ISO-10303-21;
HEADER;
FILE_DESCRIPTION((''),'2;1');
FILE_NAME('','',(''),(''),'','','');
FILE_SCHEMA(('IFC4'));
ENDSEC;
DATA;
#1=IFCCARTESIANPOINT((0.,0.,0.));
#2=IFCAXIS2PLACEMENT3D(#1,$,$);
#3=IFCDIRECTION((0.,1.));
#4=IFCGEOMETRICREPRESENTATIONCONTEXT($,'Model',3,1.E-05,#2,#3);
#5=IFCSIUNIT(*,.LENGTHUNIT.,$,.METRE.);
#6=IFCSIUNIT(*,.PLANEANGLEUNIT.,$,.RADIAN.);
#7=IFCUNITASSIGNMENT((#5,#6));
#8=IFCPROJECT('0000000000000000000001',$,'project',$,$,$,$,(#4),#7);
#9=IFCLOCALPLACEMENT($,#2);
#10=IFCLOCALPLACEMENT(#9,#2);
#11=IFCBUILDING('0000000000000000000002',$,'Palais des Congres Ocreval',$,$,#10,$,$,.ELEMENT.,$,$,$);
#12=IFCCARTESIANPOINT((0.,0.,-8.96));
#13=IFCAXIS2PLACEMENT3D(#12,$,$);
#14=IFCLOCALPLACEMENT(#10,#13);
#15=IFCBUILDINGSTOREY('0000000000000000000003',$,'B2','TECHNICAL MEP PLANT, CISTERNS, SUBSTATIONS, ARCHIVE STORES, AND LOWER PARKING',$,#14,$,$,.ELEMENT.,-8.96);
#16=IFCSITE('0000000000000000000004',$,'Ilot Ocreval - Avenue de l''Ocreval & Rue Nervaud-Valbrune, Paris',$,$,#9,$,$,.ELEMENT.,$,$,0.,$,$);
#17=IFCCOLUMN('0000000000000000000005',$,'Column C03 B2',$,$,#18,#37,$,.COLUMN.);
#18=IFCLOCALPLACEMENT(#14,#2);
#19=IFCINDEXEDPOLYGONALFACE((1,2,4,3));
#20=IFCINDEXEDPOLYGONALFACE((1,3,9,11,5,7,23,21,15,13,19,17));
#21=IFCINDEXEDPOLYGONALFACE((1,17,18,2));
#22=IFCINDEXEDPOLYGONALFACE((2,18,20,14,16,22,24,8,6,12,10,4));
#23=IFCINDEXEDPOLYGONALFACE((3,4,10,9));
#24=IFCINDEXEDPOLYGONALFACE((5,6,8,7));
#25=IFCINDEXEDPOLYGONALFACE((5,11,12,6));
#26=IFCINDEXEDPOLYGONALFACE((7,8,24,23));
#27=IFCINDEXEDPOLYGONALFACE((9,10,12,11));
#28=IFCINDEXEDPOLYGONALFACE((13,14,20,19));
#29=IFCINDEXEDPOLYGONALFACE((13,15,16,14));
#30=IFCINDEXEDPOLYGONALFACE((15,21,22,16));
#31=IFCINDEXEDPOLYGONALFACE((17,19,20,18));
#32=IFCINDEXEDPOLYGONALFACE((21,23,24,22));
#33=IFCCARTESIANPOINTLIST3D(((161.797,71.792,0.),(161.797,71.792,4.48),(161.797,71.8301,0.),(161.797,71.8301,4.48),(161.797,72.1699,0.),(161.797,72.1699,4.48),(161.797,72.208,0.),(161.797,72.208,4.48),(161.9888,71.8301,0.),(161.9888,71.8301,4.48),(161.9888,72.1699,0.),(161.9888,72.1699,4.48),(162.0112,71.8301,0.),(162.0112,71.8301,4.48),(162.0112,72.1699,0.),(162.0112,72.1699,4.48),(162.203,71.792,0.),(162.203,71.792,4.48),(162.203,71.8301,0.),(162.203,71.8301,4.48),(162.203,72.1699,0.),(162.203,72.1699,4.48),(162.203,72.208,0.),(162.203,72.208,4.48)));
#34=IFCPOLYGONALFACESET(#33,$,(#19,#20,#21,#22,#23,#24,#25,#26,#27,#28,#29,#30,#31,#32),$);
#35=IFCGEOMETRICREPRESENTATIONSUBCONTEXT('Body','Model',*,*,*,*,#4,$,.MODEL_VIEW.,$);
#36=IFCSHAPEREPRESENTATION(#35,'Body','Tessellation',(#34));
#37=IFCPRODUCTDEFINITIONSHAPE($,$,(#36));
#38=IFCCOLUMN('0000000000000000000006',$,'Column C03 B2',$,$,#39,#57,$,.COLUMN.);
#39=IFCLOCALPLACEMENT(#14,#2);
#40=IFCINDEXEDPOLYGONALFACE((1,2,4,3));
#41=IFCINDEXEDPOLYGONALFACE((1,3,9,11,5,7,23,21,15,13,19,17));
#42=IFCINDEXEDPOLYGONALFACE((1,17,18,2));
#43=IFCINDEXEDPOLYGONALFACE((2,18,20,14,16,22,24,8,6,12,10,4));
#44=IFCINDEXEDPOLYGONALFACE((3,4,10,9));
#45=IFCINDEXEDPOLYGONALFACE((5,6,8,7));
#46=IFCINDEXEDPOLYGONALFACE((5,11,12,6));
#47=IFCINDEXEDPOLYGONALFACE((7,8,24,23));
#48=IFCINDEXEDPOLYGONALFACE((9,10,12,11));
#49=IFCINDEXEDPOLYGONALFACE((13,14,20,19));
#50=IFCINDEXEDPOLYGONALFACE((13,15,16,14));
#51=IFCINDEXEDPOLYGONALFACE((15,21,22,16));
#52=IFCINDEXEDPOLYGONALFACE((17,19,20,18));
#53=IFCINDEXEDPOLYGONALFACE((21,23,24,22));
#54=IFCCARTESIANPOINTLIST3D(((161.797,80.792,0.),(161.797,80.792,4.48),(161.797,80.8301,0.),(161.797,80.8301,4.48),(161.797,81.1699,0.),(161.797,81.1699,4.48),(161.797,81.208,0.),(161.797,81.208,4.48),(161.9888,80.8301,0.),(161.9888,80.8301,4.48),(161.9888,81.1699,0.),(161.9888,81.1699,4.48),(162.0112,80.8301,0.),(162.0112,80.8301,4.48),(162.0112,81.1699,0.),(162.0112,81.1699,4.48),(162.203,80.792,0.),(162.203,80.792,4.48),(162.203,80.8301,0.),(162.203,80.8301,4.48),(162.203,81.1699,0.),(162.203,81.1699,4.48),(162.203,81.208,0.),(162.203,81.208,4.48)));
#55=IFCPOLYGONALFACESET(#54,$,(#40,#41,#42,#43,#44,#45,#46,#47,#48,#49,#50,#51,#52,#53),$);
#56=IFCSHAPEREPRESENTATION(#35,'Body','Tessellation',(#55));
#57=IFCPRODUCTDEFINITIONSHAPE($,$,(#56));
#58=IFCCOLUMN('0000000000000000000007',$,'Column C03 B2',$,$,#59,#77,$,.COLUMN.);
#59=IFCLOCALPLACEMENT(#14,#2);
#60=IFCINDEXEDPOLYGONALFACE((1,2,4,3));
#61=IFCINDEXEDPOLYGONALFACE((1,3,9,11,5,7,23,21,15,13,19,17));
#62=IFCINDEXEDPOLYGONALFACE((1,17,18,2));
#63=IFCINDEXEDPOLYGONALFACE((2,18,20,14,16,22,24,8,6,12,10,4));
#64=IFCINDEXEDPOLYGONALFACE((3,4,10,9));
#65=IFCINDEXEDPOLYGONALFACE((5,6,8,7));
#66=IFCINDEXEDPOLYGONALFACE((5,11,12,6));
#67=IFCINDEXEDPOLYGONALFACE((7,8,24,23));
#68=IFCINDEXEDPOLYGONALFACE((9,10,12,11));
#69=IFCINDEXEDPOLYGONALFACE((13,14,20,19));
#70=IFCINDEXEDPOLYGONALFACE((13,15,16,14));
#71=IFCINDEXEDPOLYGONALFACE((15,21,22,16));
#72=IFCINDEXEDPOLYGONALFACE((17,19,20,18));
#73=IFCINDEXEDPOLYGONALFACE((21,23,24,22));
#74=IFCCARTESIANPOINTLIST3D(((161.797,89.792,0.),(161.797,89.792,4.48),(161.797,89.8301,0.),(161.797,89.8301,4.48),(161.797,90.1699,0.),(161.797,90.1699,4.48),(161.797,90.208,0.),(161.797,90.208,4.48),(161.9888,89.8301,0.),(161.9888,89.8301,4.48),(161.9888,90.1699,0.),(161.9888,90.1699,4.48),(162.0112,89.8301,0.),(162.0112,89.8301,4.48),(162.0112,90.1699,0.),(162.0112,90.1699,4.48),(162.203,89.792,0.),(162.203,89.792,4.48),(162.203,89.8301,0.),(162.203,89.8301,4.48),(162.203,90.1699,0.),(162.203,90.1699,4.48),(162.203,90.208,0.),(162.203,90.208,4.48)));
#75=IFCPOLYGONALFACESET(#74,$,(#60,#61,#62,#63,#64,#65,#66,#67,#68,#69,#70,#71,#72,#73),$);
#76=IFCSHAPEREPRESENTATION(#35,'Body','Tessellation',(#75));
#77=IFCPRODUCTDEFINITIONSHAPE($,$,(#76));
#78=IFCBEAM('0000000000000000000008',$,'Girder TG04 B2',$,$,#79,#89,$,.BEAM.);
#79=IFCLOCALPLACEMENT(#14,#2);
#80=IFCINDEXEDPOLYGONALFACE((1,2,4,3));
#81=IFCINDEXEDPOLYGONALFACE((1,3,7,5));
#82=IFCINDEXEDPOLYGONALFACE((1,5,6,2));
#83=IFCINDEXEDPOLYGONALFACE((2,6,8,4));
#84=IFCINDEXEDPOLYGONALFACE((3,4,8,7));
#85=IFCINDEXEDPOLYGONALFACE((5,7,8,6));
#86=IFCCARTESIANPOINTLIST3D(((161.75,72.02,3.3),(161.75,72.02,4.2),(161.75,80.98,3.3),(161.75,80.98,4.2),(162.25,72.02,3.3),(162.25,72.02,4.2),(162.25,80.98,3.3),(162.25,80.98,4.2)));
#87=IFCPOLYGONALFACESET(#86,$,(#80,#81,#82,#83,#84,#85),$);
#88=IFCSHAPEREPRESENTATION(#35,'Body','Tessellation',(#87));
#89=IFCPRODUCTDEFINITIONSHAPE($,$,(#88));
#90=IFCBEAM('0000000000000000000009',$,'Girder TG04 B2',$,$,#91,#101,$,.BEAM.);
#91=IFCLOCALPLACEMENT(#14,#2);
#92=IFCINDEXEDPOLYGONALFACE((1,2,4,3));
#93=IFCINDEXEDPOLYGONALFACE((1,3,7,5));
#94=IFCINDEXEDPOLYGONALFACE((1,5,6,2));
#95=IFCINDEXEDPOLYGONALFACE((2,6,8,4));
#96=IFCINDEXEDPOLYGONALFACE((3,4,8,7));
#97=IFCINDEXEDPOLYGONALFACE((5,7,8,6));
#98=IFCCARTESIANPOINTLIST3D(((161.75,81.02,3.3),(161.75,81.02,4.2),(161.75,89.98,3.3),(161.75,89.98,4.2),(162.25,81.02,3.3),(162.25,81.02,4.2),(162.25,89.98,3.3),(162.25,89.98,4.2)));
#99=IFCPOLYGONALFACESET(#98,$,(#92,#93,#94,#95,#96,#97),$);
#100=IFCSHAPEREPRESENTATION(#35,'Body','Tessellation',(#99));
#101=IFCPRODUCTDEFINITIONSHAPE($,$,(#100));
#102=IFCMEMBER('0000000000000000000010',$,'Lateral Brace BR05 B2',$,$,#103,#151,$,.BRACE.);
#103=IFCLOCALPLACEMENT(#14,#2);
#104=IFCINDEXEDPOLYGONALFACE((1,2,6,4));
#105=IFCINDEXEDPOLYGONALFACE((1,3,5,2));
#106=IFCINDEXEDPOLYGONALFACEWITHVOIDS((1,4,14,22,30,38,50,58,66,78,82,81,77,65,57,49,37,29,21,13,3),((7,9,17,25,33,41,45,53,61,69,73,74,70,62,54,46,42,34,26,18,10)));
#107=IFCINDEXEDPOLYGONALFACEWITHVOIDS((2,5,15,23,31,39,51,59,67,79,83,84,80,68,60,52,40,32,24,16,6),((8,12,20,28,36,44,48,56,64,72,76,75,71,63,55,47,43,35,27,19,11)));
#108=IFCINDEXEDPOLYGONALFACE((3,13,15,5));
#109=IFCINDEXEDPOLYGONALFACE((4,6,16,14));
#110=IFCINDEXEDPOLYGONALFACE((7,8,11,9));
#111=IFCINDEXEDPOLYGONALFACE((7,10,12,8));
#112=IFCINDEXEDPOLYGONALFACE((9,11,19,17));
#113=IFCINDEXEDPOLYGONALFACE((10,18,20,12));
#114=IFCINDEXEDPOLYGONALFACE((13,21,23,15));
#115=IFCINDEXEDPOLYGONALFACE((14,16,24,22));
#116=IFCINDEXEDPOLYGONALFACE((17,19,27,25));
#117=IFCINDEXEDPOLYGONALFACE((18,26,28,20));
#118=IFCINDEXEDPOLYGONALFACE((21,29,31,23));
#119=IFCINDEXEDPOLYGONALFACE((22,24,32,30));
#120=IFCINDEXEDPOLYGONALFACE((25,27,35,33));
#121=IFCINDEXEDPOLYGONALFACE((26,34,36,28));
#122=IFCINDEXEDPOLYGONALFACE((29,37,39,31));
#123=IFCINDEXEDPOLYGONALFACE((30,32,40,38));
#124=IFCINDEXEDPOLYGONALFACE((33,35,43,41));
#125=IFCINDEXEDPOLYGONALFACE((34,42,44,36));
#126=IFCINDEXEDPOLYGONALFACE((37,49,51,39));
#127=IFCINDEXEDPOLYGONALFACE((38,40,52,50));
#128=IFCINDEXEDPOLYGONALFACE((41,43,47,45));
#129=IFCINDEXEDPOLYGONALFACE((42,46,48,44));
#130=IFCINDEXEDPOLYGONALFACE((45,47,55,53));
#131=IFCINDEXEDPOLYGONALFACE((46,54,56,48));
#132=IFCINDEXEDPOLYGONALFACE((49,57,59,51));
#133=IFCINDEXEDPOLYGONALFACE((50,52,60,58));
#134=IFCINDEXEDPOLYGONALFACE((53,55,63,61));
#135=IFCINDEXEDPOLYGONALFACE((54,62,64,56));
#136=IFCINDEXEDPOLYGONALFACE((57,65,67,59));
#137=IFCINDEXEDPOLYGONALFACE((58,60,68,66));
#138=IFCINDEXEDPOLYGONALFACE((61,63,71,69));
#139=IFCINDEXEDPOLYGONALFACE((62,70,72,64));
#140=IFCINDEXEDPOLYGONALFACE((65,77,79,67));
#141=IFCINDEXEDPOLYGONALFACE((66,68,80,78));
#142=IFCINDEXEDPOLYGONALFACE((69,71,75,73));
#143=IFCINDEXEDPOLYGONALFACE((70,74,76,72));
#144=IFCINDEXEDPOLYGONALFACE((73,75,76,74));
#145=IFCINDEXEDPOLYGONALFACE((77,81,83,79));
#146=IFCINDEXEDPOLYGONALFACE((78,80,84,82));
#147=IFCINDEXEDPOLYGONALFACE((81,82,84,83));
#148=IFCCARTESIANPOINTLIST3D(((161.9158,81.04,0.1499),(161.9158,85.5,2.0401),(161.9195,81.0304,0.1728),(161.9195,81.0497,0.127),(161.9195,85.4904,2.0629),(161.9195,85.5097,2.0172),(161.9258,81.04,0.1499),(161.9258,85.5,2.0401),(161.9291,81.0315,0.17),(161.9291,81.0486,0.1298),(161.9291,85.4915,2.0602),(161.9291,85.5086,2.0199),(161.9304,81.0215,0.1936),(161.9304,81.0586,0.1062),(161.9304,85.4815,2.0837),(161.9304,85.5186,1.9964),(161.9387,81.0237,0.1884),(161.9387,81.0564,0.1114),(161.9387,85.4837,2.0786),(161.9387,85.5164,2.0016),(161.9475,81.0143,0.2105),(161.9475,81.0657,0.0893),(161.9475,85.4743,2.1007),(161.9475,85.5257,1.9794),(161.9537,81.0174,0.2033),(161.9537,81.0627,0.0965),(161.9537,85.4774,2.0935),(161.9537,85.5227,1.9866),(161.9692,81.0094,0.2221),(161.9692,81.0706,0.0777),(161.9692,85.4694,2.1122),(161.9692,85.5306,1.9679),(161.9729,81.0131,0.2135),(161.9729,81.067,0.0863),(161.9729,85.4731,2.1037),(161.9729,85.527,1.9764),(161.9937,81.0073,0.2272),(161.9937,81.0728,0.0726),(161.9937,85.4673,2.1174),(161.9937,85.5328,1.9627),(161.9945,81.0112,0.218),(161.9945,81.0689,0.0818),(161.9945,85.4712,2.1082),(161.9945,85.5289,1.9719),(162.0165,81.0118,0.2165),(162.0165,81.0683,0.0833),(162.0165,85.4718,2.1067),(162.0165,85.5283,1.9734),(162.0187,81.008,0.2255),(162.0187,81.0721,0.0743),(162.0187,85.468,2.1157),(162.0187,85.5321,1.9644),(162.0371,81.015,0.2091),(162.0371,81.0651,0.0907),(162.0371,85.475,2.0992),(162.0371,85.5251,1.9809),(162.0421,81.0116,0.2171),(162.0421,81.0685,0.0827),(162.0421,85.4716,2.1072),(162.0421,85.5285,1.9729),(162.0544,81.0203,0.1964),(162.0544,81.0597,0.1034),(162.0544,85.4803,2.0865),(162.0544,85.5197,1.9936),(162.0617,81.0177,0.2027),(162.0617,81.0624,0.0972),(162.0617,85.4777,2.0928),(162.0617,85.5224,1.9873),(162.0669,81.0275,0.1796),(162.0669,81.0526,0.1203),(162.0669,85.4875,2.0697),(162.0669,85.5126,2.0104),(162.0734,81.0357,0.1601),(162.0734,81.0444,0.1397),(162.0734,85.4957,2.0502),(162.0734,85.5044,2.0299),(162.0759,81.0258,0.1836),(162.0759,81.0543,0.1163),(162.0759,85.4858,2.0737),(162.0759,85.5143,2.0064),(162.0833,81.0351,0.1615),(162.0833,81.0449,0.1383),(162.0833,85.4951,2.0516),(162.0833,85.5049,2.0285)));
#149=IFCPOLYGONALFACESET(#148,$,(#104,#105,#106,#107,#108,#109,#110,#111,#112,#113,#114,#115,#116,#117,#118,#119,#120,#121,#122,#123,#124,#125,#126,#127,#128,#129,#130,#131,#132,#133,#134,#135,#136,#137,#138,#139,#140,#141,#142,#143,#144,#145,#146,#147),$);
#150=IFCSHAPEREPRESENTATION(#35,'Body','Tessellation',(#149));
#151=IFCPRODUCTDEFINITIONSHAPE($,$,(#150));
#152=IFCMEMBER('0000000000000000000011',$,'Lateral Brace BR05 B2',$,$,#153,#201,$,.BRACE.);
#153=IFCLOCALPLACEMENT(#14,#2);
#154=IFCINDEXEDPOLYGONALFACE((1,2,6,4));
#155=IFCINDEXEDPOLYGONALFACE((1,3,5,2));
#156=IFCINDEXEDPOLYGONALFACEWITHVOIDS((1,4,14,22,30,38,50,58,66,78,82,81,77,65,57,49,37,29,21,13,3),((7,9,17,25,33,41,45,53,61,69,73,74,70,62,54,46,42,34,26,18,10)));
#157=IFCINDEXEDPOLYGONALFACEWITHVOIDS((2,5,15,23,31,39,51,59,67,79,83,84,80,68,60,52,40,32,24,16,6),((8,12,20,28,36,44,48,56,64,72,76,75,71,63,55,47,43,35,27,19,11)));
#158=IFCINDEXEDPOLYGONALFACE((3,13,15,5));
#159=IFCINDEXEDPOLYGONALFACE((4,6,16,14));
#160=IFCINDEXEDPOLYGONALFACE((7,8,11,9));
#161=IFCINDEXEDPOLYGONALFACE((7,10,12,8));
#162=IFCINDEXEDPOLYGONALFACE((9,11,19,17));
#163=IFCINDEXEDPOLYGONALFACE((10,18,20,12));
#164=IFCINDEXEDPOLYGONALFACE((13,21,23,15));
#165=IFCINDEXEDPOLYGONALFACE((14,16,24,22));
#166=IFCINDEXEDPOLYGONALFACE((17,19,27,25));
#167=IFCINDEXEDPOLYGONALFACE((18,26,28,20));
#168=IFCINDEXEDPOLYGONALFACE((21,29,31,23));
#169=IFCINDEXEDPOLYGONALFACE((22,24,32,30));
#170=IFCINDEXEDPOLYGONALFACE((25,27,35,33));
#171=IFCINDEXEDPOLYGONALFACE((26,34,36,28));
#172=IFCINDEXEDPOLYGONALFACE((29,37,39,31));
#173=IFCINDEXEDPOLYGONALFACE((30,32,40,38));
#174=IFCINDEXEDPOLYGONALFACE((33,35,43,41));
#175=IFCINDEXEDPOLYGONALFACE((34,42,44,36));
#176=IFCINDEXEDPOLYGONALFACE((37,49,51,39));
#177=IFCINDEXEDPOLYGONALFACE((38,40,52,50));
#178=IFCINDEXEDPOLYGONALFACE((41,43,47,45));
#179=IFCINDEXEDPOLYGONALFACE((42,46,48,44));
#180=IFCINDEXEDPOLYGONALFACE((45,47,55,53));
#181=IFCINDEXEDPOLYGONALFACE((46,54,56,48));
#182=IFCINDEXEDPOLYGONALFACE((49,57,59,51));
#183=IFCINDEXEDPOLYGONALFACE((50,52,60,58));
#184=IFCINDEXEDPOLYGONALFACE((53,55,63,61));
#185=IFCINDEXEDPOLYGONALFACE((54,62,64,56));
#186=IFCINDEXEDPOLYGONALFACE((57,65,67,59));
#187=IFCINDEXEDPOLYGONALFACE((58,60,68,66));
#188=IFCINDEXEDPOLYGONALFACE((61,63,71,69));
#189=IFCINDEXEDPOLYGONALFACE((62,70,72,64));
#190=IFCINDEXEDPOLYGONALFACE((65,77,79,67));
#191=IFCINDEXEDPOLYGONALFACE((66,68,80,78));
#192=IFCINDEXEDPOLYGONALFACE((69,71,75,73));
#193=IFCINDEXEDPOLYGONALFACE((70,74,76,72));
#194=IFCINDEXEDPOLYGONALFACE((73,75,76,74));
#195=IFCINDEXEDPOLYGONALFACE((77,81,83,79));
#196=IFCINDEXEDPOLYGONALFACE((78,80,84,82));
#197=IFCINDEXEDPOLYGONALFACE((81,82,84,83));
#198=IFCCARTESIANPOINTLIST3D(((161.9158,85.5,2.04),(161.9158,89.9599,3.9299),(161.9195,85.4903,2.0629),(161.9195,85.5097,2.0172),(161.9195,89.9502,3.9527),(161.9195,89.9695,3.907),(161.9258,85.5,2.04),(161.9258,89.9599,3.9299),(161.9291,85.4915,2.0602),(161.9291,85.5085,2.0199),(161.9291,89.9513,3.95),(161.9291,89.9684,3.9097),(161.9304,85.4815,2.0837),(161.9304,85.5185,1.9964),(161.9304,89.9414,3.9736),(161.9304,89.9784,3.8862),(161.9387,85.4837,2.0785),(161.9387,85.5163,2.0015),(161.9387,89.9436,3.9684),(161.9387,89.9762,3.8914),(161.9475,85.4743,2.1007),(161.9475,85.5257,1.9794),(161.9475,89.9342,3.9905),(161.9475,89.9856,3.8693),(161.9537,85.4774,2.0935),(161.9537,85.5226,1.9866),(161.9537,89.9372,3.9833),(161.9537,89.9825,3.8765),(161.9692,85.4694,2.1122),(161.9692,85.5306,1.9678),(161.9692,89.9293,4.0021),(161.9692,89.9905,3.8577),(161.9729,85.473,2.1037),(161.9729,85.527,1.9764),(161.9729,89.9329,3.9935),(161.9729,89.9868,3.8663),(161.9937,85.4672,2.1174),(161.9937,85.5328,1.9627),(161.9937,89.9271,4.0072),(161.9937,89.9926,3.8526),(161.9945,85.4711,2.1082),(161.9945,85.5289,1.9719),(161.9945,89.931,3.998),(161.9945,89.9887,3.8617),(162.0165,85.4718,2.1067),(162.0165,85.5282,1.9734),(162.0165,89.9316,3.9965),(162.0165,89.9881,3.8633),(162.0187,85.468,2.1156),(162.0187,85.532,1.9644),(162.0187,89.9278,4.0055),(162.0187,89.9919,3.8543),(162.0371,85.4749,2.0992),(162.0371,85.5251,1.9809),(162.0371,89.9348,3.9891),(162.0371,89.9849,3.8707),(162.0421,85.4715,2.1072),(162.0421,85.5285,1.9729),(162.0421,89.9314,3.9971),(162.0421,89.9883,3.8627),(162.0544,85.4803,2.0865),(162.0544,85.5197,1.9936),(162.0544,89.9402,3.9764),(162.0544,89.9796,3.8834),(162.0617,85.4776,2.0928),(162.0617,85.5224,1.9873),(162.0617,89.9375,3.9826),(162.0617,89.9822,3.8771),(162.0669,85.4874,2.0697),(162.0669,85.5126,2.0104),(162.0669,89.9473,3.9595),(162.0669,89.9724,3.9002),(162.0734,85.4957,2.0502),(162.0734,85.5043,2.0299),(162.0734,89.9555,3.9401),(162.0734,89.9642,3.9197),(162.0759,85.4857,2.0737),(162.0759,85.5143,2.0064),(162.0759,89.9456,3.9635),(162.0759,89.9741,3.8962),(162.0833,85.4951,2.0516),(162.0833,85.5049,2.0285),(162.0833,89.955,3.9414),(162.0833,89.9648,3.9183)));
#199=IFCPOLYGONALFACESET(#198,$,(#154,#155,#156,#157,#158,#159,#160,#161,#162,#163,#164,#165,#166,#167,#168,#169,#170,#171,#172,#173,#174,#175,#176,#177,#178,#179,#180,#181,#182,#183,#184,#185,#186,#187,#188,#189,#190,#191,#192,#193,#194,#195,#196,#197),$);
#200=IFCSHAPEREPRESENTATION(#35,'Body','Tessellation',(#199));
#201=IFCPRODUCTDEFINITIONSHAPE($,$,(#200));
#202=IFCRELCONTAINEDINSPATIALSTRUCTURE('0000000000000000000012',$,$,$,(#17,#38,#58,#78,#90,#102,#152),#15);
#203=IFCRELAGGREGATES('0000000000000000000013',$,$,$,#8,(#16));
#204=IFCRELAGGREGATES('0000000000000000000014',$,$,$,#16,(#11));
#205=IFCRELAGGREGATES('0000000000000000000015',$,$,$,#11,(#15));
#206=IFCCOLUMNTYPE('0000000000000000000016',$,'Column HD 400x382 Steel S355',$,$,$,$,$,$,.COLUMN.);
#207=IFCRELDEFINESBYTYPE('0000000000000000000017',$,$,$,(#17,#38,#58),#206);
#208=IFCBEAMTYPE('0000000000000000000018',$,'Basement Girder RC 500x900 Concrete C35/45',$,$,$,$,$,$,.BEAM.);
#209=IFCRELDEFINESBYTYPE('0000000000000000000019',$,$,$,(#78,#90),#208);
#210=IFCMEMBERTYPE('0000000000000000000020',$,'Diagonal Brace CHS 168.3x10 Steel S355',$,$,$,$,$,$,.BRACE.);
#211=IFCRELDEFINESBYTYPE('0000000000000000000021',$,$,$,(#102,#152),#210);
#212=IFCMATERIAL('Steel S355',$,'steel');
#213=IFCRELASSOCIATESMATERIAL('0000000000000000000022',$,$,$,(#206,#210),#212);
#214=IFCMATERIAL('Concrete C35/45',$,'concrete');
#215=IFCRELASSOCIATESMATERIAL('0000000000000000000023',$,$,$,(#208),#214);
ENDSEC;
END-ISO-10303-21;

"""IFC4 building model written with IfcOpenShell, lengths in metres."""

from ifc_helpers import new_model, si_unit, direction, frame, origin, origin_2d, place, context, subcontext, project, spatial, rectangle, hollow_circle, i_section, extrude, material, material_profile, profile_set, type_object, element, save


model = new_model("IFC4")

# Units and contexts
model_context = context("Model", 3, precision=1e-05, world=origin(), true_north=direction((0.0, 1.0)))
body_context = subcontext(model_context, "Body", "Model", "MODEL_VIEW")
ifc_project = project(units=[si_unit("LENGTHUNIT", "METRE"), si_unit("PLANEANGLEUNIT", "RADIAN")], contexts=[model_context])

# Site, building, storey
site_placement = place(None, origin())
site = spatial("IfcSite", under=ifc_project, at=site_placement, Name="Ilot Ocreval - Avenue de l'Ocreval & Rue Nervaud-Valbrune, Paris", CompositionType="ELEMENT", RefElevation=0.0)
building_placement = place(site_placement, origin())
building = spatial("IfcBuilding", under=site, at=building_placement, Name="Palais des Congres Ocreval", CompositionType="ELEMENT")
storey_placement = place(building_placement, frame((0.0, 0.0, -8.96)))
storey = spatial("IfcBuildingStorey", under=building, at=storey_placement, Name="B2", Description="TECHNICAL MEP PLANT, CISTERNS, SUBSTATIONS, ARCHIVE STORES, AND LOWER PARKING", CompositionType="ELEMENT", Elevation=-8.96)

# Shared definitions
ifc_material_1 = material(Name="Concrete C35/45", Category="concrete")

# Columns
ifc_material_2 = material(Name="Steel S355", Category="steel")
ifc_material_profile_1 = material_profile(ifc_material_2, i_section(OverallWidth=0.406, OverallDepth=0.416, WebThickness=0.0225, FlangeThickness=0.0381, at=origin_2d()), Name="HD 400x382")
ifc_profile_set_1 = profile_set([ifc_material_profile_1], Name="Steel S355")
column_type = type_object("IfcColumnType", Name="Column HD 400x382 Steel S355", PredefinedType="COLUMN", material=ifc_profile_set_1)
for number, where, z_axis, x_axis, name in (
    (1, (162.0, 72.0, 0.0), (0.0, 0.0, 1.0), (1.0, 0.0, 0.0), "Column C03 B2"),
    (2, (162.0, 81.0, 0.0), (0.0, 0.0, 1.0), (1.0, 0.0, 0.0), "Column C03 B2"),
    (3, (162.0, 90.0, 0.0), (0.0, 0.0, 1.0), (1.0, 0.0, 0.0), "Column C03 B2"),
):
    element("IfcColumn", number, at=place(storey_placement, frame(where, z_axis=z_axis, x_axis=x_axis)), inside=storey, type_object=column_type, Name=name, PredefinedType="COLUMN", context=body_context, shape_type="SweptSolid", body=[
        extrude(i_section(OverallWidth=0.406, OverallDepth=0.416, WebThickness=0.0225, FlangeThickness=0.0381, at=origin_2d()), origin(), (0.0, 0.0, 1.0), 4.48),
    ])

# Beams
ifc_material_profile_2 = material_profile(ifc_material_1, rectangle(XDim=0.5, YDim=0.8999, at=origin_2d()), Name="RC 500x900")
ifc_profile_set_2 = profile_set([ifc_material_profile_2], Name="Concrete C35/45")
beam_type = type_object("IfcBeamType", Name="Basement Girder RC 500x900 Concrete C35/45", PredefinedType="BEAM", material=ifc_profile_set_2)
for number, where, z_axis, x_axis, name in (
    (4, (162.0, 72.02, 3.75), (0.0, 1.0, 0.0), (-1.0, 0.0, 0.0), "Girder TG04 B2"),
    (5, (162.0, 81.02, 3.75), (0.0, 1.0, 0.0), (-1.0, 0.0, 0.0), "Girder TG04 B2"),
):
    element("IfcBeam", number, at=place(storey_placement, frame(where, z_axis=z_axis, x_axis=x_axis)), inside=storey, type_object=beam_type, Name=name, PredefinedType="BEAM", context=body_context, shape_type="SweptSolid", body=[
        extrude(rectangle(XDim=0.5, YDim=0.8999, at=origin_2d()), origin(), (0.0, 0.0, 1.0), 8.96),
    ])

# Members
ifc_material_profile_3 = material_profile(ifc_material_2, hollow_circle(Radius=0.0842, WallThickness=0.01, at=origin_2d()), Name="CHS 168.3x10")
ifc_profile_set_3 = profile_set([ifc_material_profile_3], Name="Steel S355")
member_type_1 = type_object("IfcMemberType", Name="Diagonal Brace CHS 168.3x10 Steel S355", PredefinedType="BRACE", material=ifc_profile_set_3)
member_1_placement = place(storey_placement, frame((162.0, 81.04, 0.1499), z_axis=(0.0, 0.920728, 0.390206), x_axis=(-1.0, 0.0, 0.0)))
element("IfcMember", 6, at=member_1_placement, inside=storey, type_object=member_type_1, Name="Lateral Brace BR05 B2", PredefinedType="BRACE", context=body_context, shape_type="SweptSolid", body=[
    extrude(hollow_circle(Radius=0.0842, WallThickness=0.01, at=origin_2d()), origin(), (0.0, 0.0, 1.0), 4.844),
])
member_2_placement = place(storey_placement, frame((162.0, 85.5, 2.04), z_axis=(0.0, 0.920746, 0.390163), x_axis=(-1.0, 0.0, 0.0)))
element("IfcMember", 7, at=member_2_placement, inside=storey, type_object=member_type_1, Name="Lateral Brace BR05 B2", PredefinedType="BRACE", context=body_context, shape_type="SweptSolid", body=[
    extrude(hollow_circle(Radius=0.0842, WallThickness=0.01, at=origin_2d()), origin(), (0.0, 0.0, 1.0), 4.8438),
])

save(model, "model.ifc")
